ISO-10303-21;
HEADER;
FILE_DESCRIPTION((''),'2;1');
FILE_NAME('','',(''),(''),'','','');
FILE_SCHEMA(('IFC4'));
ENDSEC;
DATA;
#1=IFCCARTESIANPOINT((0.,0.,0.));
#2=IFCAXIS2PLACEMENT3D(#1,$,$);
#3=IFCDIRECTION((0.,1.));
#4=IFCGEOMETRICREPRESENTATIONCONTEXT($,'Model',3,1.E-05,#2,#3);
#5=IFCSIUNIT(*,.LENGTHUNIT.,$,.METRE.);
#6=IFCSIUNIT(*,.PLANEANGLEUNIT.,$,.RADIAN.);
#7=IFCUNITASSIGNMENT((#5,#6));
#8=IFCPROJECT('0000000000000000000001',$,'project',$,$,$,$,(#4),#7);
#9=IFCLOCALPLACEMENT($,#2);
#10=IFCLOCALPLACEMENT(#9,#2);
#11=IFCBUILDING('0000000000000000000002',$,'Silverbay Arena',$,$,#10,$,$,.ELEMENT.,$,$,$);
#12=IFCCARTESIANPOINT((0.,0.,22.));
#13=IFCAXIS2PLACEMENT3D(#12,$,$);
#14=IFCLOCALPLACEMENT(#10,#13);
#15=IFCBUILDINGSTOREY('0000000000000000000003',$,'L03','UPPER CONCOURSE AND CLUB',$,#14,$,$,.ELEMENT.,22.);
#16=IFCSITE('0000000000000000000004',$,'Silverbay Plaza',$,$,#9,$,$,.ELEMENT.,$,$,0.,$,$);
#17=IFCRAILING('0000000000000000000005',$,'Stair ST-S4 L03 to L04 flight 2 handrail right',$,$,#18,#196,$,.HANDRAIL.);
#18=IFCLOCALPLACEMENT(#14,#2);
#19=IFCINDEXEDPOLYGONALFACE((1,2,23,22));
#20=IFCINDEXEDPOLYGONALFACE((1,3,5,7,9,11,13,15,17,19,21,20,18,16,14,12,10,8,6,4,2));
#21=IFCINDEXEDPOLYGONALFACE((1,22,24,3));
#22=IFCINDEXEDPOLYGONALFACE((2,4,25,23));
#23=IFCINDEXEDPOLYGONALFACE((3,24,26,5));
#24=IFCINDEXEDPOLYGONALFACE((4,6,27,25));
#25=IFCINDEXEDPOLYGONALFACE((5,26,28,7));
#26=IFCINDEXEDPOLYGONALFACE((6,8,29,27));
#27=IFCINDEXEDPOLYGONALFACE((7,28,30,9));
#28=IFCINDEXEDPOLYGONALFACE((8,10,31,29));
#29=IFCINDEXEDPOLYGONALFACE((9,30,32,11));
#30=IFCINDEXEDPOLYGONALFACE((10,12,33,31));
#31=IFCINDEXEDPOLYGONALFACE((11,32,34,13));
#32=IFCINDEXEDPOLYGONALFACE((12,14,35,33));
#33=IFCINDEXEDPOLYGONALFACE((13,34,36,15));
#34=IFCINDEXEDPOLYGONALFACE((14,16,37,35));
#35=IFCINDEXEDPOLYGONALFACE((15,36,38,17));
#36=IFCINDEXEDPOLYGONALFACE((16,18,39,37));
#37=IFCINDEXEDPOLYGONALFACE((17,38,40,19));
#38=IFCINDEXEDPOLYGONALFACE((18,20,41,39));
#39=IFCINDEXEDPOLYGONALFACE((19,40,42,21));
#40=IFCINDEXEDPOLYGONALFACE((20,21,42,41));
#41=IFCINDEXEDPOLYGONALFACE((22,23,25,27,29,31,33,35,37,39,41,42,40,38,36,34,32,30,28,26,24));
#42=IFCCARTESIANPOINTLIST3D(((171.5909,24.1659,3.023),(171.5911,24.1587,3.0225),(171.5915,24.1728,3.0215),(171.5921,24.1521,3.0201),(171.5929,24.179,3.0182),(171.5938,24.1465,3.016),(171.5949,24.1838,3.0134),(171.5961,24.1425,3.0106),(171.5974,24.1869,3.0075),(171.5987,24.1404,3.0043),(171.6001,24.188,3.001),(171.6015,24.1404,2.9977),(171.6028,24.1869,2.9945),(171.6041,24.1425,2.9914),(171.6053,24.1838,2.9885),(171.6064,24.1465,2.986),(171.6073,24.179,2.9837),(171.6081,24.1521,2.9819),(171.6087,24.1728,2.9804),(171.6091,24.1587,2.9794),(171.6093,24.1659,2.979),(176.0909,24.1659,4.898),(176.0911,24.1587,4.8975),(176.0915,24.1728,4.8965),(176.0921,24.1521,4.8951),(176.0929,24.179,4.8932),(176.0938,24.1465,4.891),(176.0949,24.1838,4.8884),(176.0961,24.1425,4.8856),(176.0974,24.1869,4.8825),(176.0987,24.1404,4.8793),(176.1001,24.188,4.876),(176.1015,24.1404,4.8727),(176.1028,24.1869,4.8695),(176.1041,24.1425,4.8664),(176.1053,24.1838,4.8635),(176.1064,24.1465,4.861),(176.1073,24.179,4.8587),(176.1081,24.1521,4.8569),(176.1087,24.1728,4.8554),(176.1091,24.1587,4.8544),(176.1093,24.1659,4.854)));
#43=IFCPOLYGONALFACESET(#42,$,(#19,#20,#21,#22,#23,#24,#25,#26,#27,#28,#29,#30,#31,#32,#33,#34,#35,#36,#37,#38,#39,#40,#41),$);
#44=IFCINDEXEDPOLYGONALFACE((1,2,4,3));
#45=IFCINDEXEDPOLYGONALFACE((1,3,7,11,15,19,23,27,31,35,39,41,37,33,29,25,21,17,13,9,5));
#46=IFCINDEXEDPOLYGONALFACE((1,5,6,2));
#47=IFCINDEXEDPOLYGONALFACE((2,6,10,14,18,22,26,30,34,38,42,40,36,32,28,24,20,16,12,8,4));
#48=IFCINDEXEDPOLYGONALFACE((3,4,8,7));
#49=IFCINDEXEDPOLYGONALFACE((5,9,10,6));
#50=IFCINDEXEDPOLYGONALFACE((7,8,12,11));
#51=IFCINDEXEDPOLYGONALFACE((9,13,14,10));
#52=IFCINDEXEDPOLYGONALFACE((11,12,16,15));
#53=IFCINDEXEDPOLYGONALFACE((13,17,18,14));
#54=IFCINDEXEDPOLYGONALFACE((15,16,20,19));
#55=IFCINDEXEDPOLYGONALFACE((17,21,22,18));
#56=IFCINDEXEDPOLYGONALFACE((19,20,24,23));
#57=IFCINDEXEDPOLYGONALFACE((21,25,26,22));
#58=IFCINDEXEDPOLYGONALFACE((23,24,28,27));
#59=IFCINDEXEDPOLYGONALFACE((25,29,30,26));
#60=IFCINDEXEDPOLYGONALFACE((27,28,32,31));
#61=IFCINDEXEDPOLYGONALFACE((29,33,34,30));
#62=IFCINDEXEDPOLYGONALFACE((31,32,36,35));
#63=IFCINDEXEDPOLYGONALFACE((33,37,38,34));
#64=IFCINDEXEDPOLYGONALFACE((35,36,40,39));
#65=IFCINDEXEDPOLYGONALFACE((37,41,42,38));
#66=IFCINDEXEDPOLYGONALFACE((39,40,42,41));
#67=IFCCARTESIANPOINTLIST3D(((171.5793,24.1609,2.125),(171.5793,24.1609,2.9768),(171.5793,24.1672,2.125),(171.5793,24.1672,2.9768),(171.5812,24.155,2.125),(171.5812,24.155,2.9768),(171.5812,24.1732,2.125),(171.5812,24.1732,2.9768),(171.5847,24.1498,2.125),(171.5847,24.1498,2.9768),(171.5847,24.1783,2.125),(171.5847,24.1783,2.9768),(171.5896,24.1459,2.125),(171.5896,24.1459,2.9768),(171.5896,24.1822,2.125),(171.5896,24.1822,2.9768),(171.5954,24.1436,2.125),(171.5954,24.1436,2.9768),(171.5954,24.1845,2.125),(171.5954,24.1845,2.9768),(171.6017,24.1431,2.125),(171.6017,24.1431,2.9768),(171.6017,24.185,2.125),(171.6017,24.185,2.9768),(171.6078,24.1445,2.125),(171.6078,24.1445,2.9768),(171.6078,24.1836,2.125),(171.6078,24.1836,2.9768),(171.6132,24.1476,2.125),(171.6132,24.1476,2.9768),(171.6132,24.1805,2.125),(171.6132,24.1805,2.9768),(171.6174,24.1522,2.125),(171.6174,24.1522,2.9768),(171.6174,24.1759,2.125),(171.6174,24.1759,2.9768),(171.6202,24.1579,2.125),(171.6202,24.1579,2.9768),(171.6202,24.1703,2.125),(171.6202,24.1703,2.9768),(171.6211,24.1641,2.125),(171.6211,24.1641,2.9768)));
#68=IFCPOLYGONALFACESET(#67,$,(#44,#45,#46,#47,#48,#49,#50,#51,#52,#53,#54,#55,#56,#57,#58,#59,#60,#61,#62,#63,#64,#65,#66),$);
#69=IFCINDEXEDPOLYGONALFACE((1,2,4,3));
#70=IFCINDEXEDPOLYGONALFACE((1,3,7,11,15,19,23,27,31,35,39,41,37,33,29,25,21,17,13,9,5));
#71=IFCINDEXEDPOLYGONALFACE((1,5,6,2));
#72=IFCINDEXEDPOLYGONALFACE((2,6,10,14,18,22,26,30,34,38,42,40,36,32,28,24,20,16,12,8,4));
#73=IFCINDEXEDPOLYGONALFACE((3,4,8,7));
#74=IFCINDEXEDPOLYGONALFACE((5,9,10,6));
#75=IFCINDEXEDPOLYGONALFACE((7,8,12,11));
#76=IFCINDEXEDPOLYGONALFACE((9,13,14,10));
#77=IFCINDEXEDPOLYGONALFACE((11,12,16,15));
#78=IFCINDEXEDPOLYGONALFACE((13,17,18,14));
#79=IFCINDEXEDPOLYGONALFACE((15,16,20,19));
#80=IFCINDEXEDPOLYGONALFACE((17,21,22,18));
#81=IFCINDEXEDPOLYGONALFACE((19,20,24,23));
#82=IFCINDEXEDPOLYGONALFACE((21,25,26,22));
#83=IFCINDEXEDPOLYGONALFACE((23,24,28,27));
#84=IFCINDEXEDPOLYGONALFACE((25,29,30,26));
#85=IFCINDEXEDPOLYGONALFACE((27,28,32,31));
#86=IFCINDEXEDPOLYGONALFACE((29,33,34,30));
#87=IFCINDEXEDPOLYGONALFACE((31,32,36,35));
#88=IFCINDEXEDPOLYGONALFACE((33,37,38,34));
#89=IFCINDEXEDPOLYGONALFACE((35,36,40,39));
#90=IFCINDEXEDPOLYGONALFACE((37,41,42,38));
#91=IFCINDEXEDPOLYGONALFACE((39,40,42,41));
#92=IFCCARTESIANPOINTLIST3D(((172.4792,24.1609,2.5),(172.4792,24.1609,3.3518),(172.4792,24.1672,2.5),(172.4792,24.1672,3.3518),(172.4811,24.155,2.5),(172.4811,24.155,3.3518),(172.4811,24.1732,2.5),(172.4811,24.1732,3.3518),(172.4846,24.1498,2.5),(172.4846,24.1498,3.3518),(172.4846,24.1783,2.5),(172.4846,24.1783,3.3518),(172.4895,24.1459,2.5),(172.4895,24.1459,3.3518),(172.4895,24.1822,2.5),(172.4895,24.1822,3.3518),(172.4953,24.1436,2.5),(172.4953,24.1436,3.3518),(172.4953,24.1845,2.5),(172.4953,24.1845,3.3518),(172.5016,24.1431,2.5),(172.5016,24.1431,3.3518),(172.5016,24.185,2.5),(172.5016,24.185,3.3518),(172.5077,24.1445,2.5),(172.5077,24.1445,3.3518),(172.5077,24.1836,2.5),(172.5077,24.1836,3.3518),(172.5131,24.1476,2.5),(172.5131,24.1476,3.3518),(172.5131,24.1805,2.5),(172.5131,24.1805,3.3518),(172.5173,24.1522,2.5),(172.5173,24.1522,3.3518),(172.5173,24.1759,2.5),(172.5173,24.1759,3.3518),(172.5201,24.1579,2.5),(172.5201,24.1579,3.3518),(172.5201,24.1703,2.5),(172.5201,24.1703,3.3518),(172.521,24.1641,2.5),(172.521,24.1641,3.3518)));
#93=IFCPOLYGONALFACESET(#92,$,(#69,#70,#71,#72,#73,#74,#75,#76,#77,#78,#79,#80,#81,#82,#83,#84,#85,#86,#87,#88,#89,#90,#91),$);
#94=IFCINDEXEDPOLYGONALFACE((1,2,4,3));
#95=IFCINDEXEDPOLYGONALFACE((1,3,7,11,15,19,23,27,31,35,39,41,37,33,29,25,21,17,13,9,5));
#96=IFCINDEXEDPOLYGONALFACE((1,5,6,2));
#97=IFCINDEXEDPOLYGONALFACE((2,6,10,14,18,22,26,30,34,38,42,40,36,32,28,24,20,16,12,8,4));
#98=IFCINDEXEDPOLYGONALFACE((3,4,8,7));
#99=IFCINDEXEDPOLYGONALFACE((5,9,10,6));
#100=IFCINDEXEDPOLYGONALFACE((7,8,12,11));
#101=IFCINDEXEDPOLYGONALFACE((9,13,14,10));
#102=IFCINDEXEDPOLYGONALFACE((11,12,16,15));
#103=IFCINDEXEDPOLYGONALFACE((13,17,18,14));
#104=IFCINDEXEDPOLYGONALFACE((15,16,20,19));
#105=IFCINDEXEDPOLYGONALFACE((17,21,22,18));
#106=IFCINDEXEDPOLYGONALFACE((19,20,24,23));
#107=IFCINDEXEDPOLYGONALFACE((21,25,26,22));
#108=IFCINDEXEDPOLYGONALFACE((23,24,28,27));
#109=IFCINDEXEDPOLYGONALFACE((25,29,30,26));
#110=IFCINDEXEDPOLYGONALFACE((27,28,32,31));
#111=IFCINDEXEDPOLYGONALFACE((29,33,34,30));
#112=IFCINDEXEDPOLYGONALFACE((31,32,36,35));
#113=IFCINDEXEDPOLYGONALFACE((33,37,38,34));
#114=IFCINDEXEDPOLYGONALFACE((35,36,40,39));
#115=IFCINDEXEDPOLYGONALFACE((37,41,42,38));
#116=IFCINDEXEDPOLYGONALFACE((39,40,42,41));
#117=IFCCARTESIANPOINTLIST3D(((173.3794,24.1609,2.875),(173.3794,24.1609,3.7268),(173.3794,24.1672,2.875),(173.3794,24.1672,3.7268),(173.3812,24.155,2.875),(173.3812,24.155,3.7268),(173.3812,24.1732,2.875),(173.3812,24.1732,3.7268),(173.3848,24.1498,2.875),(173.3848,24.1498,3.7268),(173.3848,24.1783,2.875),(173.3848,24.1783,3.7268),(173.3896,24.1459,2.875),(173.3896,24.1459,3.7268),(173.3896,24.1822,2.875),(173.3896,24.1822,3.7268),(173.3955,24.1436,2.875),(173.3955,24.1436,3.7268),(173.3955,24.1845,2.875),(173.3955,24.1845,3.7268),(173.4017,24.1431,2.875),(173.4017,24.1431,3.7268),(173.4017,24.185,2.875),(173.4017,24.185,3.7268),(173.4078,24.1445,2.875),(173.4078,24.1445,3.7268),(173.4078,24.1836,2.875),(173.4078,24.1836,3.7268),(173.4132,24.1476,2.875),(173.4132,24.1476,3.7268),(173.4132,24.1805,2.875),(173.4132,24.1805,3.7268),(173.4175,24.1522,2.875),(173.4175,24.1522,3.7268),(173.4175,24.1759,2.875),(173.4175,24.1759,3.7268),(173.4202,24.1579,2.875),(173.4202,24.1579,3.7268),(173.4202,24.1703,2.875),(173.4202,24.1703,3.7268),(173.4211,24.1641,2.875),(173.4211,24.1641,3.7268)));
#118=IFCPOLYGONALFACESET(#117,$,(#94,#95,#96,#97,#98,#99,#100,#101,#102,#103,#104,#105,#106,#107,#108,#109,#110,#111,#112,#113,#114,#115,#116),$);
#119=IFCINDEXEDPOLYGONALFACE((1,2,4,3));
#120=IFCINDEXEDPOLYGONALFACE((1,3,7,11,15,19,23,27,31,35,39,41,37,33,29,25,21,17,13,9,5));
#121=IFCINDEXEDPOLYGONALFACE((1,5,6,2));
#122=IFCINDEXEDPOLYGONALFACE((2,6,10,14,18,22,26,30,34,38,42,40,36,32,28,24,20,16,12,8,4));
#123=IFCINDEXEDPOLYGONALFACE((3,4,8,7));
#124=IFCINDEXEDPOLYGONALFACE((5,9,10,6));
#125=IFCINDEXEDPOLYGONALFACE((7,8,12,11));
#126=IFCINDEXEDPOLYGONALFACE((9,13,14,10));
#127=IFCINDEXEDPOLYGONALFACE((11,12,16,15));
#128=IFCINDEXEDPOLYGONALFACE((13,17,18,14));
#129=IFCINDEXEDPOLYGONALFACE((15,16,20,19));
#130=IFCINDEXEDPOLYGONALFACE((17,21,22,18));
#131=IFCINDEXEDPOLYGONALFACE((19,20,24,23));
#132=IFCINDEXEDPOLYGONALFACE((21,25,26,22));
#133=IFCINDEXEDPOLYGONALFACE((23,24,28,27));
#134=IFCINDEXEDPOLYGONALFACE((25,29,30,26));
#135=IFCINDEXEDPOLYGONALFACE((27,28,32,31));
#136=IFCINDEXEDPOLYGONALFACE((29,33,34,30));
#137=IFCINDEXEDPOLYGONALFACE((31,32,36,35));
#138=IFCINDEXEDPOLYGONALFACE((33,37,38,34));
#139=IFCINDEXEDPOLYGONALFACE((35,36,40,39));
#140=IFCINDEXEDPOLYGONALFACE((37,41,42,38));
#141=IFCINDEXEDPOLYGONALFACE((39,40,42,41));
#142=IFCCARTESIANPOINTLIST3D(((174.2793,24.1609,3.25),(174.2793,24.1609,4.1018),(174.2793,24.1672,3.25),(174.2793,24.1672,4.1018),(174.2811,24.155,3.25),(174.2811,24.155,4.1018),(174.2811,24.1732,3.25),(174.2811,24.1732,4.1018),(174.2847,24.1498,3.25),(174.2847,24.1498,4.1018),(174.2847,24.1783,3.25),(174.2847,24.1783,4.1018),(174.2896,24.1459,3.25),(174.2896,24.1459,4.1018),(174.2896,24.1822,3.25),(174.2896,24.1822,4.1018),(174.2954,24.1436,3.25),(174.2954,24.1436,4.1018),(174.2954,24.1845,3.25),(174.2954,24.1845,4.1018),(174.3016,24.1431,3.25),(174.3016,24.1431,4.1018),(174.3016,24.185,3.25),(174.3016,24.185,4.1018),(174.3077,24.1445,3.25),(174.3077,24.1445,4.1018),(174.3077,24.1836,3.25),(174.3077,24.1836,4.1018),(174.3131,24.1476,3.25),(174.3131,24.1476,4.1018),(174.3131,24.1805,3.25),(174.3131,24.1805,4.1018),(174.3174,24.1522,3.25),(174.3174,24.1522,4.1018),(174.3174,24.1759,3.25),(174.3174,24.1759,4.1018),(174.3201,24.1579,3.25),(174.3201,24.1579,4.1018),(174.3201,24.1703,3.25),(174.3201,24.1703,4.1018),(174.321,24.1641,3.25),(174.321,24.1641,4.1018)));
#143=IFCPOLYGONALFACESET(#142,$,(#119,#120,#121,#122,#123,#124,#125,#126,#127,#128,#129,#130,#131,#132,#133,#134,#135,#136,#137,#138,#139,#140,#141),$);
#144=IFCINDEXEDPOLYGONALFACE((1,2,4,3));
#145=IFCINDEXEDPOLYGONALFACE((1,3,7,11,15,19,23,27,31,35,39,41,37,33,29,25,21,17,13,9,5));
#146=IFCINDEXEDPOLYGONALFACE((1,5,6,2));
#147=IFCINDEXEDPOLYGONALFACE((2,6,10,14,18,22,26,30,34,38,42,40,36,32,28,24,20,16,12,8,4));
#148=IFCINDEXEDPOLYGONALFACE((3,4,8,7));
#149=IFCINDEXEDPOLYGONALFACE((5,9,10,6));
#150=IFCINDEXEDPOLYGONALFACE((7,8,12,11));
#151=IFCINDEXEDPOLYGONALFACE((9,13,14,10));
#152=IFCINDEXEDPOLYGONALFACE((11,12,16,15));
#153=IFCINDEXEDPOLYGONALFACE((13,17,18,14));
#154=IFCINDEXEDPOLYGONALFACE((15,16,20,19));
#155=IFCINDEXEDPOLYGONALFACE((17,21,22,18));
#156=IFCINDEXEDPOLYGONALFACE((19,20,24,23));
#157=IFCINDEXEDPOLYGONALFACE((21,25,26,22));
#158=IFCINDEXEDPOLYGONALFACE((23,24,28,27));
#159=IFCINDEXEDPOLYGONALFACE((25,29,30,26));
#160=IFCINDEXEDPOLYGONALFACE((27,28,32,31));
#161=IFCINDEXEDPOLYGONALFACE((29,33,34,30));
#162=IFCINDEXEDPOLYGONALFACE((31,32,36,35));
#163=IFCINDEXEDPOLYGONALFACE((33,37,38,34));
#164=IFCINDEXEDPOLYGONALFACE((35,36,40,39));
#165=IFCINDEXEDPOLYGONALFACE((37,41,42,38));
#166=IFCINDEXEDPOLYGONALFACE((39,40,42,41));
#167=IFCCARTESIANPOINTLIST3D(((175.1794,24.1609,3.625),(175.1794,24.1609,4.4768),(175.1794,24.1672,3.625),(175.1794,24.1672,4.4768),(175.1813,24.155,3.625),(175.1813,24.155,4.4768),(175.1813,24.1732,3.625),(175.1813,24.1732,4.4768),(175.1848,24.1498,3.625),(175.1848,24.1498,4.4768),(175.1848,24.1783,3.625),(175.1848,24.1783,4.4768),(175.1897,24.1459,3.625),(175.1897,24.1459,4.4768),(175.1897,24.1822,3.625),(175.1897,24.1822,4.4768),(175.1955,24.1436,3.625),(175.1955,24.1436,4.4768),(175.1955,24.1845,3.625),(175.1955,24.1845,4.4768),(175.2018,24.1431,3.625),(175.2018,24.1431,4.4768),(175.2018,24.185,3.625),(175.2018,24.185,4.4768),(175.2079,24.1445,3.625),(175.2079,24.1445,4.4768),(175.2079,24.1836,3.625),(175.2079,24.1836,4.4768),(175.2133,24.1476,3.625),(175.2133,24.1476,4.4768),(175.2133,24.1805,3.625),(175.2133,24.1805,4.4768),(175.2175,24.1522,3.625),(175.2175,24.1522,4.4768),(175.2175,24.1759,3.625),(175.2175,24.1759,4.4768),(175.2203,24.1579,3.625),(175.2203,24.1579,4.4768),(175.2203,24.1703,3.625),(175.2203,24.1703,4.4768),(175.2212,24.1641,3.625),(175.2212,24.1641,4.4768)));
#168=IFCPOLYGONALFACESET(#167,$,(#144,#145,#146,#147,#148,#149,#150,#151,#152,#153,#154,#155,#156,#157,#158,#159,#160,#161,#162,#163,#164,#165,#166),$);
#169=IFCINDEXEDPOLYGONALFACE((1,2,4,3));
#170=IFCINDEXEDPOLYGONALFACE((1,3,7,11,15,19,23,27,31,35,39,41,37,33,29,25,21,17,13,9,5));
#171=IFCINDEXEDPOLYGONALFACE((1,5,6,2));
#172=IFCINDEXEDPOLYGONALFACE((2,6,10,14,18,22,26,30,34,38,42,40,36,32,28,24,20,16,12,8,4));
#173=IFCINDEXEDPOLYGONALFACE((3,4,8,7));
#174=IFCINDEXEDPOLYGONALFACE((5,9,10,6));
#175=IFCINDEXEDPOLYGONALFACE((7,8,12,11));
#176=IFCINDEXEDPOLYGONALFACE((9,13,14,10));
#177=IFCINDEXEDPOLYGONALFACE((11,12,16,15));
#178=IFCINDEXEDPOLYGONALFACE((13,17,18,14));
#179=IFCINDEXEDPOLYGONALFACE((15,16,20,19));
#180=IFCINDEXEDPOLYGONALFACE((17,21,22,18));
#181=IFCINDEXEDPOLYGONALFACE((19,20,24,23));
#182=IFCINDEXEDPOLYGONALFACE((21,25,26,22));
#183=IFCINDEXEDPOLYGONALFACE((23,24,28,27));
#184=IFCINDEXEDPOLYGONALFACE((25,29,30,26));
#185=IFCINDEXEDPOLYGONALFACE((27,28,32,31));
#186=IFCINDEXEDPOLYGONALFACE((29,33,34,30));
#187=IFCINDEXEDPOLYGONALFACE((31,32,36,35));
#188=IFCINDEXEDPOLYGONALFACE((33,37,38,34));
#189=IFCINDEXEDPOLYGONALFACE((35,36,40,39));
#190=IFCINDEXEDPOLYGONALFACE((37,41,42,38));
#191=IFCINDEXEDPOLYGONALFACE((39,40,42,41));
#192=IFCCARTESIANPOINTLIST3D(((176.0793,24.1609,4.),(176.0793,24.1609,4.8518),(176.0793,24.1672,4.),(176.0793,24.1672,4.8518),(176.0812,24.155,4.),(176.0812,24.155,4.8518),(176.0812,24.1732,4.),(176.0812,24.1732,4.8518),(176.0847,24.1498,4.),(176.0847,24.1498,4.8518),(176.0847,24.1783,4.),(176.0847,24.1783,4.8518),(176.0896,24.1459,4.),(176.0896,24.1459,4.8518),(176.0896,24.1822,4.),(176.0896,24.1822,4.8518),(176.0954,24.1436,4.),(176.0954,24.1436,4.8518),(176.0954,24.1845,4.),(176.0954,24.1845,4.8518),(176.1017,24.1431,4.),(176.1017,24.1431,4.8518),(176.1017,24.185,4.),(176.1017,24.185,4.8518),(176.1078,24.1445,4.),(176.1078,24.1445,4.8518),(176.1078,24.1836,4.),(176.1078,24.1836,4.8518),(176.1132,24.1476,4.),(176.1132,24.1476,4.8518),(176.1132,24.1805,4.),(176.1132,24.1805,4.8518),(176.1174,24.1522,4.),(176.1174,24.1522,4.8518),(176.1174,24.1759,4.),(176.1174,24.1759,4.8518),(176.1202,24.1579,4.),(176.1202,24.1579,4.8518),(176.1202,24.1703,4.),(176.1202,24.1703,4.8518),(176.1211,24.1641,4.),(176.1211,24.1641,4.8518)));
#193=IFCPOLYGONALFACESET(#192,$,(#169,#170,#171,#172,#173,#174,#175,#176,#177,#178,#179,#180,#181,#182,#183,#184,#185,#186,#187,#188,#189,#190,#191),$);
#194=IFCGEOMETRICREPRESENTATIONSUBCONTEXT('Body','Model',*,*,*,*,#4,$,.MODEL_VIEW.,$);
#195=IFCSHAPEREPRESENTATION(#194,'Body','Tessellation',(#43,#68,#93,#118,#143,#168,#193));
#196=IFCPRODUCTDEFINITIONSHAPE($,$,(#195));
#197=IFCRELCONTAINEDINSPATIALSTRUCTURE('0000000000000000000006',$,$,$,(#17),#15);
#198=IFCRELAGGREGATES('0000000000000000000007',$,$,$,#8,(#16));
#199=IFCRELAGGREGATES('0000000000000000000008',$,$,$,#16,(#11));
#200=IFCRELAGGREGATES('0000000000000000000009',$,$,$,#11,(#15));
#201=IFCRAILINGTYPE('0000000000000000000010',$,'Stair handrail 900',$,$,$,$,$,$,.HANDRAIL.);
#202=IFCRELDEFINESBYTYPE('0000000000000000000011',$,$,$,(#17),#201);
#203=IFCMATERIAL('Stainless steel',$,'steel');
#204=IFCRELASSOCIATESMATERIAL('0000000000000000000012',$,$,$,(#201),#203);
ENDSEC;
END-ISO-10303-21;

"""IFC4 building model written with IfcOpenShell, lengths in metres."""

from ifc_helpers import new_model, si_unit, direction, frame, origin, origin_2d, place, context, subcontext, project, spatial, circle, extrude, material, type_object, element, save


model = new_model("IFC4")

# Units and contexts
model_context = context("Model", 3, precision=1e-05, world=origin(), true_north=direction((0.0, 1.0)))
body_context = subcontext(model_context, "Body", "Model", "MODEL_VIEW")
ifc_project = project(units=[si_unit("LENGTHUNIT", "METRE"), si_unit("PLANEANGLEUNIT", "RADIAN")], contexts=[model_context])

# Site, building, storey
site_placement = place(None, origin())
site = spatial("IfcSite", under=ifc_project, at=site_placement, Name="Silverbay Plaza", CompositionType="ELEMENT", RefElevation=0.0)
building_placement = place(site_placement, origin())
building = spatial("IfcBuilding", under=site, at=building_placement, Name="Silverbay Arena", CompositionType="ELEMENT")
storey_placement = place(building_placement, frame((0.0, 0.0, 22.0)))
storey = spatial("IfcBuildingStorey", under=building, at=storey_placement, Name="L03", Description="UPPER CONCOURSE AND CLUB", CompositionType="ELEMENT", Elevation=22.0)

# Railing
ifc_material_1 = material(Name="Stainless steel", Category="steel")
railing_type_1 = type_object("IfcRailingType", Name="Stair handrail 900", PredefinedType="HANDRAIL", material=ifc_material_1)
for number, where, name in (
    (1, (171.6001, 24.1641, 2.125), "Stair ST-S4 L03 to L04 flight 2 handrail right"),
):
    element("IfcRailing", number, at=place(storey_placement, frame(where)), inside=storey, type_object=railing_type_1, Name=name, PredefinedType="HANDRAIL", context=body_context, shape_type="SweptSolid", body=[
        extrude(circle(Radius=0.0239, at=origin_2d()), frame((0.0, 0.0, 0.876), z_axis=(0.923077, 0.0, 0.384615), x_axis=(0.0, 1.0, 0.0)), (0.0, 0.0, 1.0), 4.875),
        extrude(circle(Radius=0.021, at=origin_2d()), origin(), (0.0, 0.0, 1.0), 0.8518),
        extrude(circle(Radius=0.021, at=origin_2d()), frame((0.8999, 0.0, 0.375)), (0.0, 0.0, 1.0), 0.8518),
        extrude(circle(Radius=0.021, at=origin_2d()), frame((1.8, 0.0, 0.75)), (0.0, 0.0, 1.0), 0.8518),
        extrude(circle(Radius=0.021, at=origin_2d()), frame((2.7, 0.0, 1.125)), (0.0, 0.0, 1.0), 0.8518),
        extrude(circle(Radius=0.021, at=origin_2d()), frame((3.6001, 0.0, 1.5)), (0.0, 0.0, 1.0), 0.8518),
        extrude(circle(Radius=0.021, at=origin_2d()), frame((4.5, 0.0, 1.875)), (0.0, 0.0, 1.0), 0.8518),
    ])

save(model, "model.ifc")
